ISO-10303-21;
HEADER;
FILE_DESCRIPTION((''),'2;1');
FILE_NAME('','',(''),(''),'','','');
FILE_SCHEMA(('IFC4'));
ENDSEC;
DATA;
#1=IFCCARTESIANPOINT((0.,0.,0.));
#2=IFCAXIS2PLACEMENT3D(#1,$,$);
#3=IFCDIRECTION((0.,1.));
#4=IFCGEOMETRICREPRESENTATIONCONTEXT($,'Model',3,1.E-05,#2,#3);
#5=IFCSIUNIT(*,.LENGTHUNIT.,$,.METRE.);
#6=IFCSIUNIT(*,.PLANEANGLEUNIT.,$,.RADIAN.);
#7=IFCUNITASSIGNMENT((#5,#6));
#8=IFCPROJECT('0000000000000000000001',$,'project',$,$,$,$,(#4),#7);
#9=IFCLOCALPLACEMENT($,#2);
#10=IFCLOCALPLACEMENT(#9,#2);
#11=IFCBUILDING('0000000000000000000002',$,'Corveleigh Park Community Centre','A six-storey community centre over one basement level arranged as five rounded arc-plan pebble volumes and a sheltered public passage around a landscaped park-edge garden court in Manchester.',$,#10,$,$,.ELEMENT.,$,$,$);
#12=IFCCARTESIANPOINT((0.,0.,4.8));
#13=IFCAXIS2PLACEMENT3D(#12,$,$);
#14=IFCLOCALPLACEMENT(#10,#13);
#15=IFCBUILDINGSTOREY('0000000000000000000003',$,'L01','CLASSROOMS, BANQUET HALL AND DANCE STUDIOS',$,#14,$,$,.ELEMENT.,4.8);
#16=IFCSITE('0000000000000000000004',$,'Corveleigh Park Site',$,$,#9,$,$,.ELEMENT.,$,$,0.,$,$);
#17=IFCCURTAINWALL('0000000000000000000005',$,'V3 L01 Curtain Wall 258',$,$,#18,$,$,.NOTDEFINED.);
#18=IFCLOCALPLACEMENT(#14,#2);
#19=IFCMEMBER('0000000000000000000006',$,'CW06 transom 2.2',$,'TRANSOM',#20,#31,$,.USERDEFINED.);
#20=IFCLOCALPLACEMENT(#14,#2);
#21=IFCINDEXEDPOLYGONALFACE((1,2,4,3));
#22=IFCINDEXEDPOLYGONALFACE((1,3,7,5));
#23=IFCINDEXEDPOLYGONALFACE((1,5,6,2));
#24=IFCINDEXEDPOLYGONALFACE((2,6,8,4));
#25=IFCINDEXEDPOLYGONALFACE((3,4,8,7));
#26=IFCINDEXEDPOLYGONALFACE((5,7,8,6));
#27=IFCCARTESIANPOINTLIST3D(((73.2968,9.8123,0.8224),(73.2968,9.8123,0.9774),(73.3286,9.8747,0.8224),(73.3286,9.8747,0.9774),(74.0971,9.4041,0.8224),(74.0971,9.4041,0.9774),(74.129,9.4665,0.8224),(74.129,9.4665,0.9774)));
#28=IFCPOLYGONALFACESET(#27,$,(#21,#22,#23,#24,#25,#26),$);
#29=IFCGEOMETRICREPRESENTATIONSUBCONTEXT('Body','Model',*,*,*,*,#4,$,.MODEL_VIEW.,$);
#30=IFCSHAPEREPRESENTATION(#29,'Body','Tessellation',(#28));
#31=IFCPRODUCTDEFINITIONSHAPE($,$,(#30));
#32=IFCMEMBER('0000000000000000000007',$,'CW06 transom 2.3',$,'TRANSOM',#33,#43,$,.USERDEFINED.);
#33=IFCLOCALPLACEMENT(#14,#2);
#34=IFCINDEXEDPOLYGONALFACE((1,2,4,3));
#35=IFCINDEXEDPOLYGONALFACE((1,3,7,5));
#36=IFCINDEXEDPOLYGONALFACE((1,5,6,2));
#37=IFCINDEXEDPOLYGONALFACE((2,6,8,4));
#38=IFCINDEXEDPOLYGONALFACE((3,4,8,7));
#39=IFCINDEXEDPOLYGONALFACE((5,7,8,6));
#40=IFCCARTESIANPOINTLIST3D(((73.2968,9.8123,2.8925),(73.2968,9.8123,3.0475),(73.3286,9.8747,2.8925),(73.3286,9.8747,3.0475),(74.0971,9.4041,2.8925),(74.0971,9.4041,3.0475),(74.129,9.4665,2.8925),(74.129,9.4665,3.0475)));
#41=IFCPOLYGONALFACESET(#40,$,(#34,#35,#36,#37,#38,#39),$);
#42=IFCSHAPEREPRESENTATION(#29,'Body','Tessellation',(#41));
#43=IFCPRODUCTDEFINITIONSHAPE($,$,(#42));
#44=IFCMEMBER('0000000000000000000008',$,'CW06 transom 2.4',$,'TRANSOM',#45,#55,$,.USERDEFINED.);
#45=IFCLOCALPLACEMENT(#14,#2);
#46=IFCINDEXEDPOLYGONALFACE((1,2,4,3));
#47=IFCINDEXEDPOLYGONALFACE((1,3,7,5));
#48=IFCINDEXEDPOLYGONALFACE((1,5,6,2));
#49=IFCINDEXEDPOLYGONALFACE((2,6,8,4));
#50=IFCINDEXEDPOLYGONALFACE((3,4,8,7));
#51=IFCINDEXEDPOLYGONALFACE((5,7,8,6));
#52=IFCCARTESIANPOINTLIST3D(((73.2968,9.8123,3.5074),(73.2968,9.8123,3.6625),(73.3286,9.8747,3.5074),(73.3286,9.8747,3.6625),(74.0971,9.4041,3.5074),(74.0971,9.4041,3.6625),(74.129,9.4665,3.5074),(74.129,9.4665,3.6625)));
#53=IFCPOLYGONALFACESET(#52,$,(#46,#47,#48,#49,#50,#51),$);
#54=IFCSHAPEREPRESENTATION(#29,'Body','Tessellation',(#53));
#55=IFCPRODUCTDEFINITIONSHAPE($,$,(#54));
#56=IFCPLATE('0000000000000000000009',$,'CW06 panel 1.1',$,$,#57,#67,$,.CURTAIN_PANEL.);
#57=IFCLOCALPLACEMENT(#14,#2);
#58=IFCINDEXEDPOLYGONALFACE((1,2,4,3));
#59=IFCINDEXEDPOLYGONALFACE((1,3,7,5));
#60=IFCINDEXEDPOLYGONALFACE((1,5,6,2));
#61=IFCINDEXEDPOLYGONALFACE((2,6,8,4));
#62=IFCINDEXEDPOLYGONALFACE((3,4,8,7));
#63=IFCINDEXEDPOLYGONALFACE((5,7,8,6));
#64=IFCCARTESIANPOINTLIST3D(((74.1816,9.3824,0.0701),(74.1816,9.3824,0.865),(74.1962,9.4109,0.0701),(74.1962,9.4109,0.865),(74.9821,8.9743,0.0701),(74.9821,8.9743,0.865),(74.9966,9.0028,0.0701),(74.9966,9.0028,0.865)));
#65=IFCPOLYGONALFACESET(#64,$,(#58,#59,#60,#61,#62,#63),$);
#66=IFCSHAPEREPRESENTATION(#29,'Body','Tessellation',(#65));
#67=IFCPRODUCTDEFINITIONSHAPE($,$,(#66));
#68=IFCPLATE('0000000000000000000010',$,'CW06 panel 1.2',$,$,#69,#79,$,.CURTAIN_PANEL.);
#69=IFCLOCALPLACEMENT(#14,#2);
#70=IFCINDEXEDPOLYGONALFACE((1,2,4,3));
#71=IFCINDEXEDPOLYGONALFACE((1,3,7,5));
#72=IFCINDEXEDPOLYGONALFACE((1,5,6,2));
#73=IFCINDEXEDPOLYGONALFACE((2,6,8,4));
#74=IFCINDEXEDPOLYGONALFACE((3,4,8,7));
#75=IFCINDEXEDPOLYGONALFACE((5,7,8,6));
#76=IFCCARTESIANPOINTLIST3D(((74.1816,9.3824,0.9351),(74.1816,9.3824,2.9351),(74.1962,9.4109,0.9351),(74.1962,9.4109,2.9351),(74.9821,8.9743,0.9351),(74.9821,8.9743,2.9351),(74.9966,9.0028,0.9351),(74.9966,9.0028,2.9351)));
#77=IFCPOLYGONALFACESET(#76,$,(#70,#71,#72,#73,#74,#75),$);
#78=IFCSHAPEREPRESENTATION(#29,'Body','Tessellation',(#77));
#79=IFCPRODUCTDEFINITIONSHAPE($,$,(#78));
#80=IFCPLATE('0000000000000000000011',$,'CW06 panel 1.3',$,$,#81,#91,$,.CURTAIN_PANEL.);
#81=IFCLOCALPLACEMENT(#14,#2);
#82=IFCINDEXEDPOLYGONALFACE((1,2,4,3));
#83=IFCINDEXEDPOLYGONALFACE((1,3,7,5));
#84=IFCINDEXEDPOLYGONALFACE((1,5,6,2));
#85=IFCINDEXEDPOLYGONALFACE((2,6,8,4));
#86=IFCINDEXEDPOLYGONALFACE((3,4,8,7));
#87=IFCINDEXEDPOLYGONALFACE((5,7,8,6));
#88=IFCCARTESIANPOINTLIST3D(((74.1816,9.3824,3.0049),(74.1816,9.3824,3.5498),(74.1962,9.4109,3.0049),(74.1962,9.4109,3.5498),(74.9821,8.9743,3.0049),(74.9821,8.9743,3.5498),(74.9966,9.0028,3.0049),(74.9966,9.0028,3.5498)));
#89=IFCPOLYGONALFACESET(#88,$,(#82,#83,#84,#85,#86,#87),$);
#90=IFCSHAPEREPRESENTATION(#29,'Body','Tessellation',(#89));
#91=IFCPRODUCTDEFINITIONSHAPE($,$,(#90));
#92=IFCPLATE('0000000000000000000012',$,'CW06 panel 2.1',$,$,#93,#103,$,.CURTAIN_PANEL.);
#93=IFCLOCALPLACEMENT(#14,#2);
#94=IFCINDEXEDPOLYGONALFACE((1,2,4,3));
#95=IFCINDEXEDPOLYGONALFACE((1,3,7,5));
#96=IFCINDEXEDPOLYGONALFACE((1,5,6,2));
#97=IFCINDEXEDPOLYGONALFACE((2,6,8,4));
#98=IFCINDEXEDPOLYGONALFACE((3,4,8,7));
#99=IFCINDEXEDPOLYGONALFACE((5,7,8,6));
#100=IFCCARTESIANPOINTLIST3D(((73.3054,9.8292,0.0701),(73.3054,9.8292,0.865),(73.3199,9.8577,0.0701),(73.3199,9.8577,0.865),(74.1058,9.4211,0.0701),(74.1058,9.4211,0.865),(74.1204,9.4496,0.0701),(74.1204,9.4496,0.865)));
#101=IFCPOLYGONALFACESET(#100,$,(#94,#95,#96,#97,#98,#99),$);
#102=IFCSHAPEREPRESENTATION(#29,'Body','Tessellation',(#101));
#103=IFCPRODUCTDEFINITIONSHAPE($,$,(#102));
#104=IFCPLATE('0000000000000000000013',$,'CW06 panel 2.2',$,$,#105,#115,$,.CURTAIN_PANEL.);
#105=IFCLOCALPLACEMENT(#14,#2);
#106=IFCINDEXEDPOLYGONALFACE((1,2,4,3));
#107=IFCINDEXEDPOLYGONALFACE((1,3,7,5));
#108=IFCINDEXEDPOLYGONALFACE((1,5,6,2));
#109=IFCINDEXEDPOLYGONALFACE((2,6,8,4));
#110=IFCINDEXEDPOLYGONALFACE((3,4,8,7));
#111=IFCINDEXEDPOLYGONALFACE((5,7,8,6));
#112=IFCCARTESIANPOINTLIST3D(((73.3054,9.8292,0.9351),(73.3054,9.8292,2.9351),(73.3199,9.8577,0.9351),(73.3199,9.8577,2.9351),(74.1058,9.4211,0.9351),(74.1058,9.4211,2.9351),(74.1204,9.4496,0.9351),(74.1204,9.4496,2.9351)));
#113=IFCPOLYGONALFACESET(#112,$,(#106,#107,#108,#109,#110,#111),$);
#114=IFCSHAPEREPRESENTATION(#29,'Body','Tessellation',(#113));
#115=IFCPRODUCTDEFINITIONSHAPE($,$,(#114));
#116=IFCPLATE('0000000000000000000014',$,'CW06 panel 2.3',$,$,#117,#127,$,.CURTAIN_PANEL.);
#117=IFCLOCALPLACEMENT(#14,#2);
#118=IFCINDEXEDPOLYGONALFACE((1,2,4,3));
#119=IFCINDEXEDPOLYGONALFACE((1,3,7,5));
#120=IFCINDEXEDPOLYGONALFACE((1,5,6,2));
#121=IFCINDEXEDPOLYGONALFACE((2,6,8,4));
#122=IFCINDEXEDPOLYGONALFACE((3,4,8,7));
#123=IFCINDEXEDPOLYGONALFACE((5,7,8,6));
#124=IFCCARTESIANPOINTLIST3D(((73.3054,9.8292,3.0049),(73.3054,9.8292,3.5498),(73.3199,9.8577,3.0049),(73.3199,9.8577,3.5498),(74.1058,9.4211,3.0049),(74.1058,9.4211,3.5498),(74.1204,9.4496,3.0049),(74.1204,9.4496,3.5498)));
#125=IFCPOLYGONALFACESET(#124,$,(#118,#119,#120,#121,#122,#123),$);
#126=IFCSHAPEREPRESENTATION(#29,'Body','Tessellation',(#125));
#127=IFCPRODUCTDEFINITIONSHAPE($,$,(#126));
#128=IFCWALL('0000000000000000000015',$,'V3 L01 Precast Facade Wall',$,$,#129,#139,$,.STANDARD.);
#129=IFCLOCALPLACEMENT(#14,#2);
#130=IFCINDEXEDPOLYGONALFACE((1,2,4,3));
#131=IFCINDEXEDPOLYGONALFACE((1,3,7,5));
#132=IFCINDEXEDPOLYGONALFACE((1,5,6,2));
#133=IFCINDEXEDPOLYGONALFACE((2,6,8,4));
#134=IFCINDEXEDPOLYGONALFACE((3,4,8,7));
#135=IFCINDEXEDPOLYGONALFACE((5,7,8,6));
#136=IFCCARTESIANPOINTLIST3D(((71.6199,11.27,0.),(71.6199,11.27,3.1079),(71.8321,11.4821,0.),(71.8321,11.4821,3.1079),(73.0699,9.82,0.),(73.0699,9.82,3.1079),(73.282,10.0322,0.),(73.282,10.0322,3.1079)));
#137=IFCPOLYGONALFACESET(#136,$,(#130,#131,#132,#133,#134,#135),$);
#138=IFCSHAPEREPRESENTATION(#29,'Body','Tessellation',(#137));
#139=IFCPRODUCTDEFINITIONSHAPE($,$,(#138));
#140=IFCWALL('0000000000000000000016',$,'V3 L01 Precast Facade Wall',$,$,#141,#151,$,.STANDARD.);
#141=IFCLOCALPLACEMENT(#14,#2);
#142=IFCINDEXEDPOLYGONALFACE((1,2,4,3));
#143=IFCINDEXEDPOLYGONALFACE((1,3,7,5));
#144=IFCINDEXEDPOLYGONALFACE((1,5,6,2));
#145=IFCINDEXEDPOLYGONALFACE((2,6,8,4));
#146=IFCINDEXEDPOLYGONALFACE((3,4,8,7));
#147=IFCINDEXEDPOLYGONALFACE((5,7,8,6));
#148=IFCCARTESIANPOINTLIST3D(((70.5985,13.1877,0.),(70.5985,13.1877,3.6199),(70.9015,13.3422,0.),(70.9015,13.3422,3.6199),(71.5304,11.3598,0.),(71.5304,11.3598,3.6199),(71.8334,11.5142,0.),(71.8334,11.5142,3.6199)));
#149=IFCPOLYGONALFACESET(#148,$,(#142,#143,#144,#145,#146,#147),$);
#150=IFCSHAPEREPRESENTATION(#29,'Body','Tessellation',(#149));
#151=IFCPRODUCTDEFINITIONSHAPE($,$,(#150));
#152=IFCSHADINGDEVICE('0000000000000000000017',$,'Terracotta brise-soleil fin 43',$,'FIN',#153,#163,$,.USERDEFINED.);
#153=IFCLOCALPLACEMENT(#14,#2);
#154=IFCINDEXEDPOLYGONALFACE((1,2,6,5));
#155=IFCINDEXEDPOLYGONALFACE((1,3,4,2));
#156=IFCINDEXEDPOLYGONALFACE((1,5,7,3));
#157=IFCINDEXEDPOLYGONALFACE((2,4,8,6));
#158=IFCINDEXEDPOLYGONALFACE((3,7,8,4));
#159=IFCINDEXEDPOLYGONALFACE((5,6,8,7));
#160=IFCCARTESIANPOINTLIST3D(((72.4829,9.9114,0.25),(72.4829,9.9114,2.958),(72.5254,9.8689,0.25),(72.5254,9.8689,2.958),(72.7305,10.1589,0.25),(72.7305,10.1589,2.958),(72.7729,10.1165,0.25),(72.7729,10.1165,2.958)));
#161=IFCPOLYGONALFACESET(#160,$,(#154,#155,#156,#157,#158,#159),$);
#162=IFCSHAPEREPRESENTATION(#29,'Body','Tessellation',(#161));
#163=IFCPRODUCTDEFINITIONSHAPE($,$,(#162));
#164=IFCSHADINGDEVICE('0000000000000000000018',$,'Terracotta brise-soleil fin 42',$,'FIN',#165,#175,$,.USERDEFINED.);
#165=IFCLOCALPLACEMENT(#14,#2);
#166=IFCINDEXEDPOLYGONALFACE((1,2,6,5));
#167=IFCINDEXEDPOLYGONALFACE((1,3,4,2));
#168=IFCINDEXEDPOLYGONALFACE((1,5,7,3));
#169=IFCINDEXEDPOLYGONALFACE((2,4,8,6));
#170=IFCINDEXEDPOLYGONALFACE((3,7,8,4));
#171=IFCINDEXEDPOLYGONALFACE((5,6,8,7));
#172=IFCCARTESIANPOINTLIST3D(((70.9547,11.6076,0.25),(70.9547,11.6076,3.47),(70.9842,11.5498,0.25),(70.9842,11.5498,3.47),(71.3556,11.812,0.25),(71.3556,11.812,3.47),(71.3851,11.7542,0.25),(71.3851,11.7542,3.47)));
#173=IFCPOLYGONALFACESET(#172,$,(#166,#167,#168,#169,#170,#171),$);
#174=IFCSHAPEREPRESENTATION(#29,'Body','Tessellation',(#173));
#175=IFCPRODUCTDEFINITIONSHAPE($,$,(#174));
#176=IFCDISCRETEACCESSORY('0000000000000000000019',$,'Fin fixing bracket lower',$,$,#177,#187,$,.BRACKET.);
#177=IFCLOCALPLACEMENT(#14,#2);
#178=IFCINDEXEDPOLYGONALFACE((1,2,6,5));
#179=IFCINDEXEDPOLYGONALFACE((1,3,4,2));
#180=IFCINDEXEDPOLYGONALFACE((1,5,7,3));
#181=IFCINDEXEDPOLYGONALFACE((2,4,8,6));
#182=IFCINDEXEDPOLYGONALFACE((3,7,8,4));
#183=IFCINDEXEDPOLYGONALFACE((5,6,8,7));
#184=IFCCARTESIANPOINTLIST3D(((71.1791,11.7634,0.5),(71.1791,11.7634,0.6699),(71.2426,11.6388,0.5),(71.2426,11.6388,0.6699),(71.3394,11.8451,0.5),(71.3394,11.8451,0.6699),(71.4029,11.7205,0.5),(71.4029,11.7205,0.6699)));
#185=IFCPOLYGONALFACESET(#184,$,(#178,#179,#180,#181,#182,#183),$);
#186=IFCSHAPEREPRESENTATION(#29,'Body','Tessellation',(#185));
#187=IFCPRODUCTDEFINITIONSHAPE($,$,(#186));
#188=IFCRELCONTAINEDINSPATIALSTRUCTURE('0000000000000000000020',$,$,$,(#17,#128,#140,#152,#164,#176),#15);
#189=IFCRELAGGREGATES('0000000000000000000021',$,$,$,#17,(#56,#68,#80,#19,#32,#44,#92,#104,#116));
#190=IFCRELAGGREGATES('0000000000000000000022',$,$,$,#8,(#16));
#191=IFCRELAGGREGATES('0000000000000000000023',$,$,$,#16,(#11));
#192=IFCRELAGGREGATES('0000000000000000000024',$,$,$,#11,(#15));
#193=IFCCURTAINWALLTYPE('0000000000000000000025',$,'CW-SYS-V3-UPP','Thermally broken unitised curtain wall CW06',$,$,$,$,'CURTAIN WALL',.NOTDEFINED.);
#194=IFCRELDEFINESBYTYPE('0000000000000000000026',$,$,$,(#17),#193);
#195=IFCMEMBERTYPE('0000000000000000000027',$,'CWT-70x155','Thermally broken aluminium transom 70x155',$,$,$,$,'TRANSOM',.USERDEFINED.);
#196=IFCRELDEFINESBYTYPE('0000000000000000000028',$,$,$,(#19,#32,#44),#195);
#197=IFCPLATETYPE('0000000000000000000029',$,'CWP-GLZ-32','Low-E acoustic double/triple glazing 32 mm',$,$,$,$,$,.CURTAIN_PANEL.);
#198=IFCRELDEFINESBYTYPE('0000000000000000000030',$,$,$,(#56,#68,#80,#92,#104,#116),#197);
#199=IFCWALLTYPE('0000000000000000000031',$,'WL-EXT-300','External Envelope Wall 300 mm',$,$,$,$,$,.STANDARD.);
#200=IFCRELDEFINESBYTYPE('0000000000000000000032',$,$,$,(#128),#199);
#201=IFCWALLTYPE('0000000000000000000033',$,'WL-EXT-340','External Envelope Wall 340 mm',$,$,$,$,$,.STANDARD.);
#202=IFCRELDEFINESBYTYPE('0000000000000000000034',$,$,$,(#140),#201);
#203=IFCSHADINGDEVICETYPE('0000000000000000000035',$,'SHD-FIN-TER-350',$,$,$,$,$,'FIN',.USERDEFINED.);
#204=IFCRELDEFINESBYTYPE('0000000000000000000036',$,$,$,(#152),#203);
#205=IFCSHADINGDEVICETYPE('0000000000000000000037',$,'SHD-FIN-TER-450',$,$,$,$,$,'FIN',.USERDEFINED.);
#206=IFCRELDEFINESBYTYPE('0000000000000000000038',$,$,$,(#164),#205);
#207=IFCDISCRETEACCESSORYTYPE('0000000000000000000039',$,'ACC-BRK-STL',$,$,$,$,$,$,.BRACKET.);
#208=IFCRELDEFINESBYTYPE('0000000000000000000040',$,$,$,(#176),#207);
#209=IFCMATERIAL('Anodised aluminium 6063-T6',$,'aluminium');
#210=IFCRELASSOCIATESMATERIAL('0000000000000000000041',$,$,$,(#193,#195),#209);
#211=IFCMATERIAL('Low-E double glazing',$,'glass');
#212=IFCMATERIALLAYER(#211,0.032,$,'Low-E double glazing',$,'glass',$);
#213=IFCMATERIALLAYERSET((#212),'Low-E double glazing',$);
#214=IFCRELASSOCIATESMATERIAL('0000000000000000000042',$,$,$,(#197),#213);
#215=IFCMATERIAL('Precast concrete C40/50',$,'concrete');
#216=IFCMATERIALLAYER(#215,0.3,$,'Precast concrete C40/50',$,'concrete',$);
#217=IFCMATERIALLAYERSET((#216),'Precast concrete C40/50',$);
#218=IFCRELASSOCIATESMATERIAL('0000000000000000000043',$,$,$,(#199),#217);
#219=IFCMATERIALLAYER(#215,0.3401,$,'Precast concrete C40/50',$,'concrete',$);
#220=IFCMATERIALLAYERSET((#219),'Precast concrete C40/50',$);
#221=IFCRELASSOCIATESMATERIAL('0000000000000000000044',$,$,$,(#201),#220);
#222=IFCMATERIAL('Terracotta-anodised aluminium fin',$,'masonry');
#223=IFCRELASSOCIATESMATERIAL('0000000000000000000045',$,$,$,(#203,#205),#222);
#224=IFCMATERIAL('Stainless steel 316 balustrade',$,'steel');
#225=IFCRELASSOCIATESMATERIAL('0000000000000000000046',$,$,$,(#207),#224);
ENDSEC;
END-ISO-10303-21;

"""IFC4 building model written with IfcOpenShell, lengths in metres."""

from ifc_helpers import new_model, si_unit, direction, frame, frame_2d, origin, origin_2d, place, context, subcontext, project, spatial, rectangle, extrude, material, layer, layer_set, material_profile, profile_set, type_object, element, aggregate, save


model = new_model("IFC4")

# Units and contexts
model_context = context("Model", 3, precision=1e-05, world=origin(), true_north=direction((0.0, 1.0)))
body_context = subcontext(model_context, "Body", "Model", "MODEL_VIEW")
ifc_project = project(units=[si_unit("LENGTHUNIT", "METRE"), si_unit("PLANEANGLEUNIT", "RADIAN")], contexts=[model_context])

# Site, building, storey
site_placement = place(None, origin())
site = spatial("IfcSite", under=ifc_project, at=site_placement, Name="Corveleigh Park Site", CompositionType="ELEMENT", RefElevation=0.0)
building_placement = place(site_placement, origin())
building = spatial("IfcBuilding", under=site, at=building_placement, Name="Corveleigh Park Community Centre", Description="A six-storey community centre over one basement level arranged as five rounded arc-plan pebble volumes and a sheltered public passage around a landscaped park-edge garden court in Manchester.", CompositionType="ELEMENT")
storey_placement = place(building_placement, frame((0.0, 0.0, 4.8)))
storey = spatial("IfcBuildingStorey", under=building, at=storey_placement, Name="L01", Description="CLASSROOMS, BANQUET HALL AND DANCE STUDIOS", CompositionType="ELEMENT", Elevation=4.8)

# Shared definitions
ifc_material_1 = material(Name="Anodised aluminium 6063-T6", Category="aluminium")
curtain_wall_type = type_object("IfcCurtainWallType", Name="CW-SYS-V3-UPP", Description="Thermally broken unitised curtain wall CW06", ElementType="CURTAIN WALL", PredefinedType="NOTDEFINED", material=ifc_material_1)

# Curtain wall
curtain_wall_1_placement = place(storey_placement, origin())
curtain_wall_1 = element("IfcCurtainWall", 1, at=curtain_wall_1_placement, inside=storey, type_object=curtain_wall_type, Name="V3 L01 Curtain Wall 258", PredefinedType="NOTDEFINED")

# Members
ifc_material_profile_1 = material_profile(ifc_material_1, rectangle(XDim=0.0701, YDim=0.155, at=origin_2d()), Name="ALU-T70x155", Category="aluminium")
ifc_profile_set_1 = profile_set([ifc_material_profile_1], Name="Anodised aluminium 6063-T6")
member_type_1 = type_object("IfcMemberType", Name="CWT-70x155", Description="Thermally broken aluminium transom 70x155", ElementType="TRANSOM", PredefinedType="USERDEFINED", material=ifc_profile_set_1)
member_1_placement = place(storey_placement, frame((74.113, 9.4353, 0.8999), z_axis=(-0.890811, 0.454374, 0.0), x_axis=(-0.454374, -0.890811, 0.0)))
member_1 = element("IfcMember", 2, at=member_1_placement, type_object=member_type_1, Name="CW06 transom 2.2", ObjectType="TRANSOM", PredefinedType="USERDEFINED", context=body_context, shape_type="SweptSolid", body=[
    extrude(rectangle(XDim=0.0701, YDim=0.155, at=origin_2d()), origin(), (0.0, 0.0, 1.0), 0.8984),
])
member_2_placement = place(storey_placement, frame((74.113, 9.4353, 2.97), z_axis=(-0.890811, 0.454374, 0.0), x_axis=(-0.454374, -0.890811, 0.0)))
member_2 = element("IfcMember", 3, at=member_2_placement, type_object=member_type_1, Name="CW06 transom 2.3", ObjectType="TRANSOM", PredefinedType="USERDEFINED", context=body_context, shape_type="SweptSolid", body=[
    extrude(rectangle(XDim=0.0701, YDim=0.155, at=origin_2d()), origin(), (0.0, 0.0, 1.0), 0.8984),
])
member_3_placement = place(storey_placement, frame((74.113, 9.4353, 3.585), z_axis=(-0.890811, 0.454374, 0.0), x_axis=(-0.454374, -0.890811, 0.0)))
member_3 = element("IfcMember", 4, at=member_3_placement, type_object=member_type_1, Name="CW06 transom 2.4", ObjectType="TRANSOM", PredefinedType="USERDEFINED", context=body_context, shape_type="SweptSolid", body=[
    extrude(rectangle(XDim=0.0701, YDim=0.155, at=origin_2d()), origin(), (0.0, 0.0, 1.0), 0.8984),
])

# Plates
ifc_material_2 = material(Name="Low-E double glazing", Category="glass")
ifc_layer_1 = layer(ifc_material_2, 0.032, Name="Low-E double glazing", Category="glass")
ifc_layer_set_1 = layer_set([ifc_layer_1], Name="Low-E double glazing")
plate_type = type_object("IfcPlateType", Name="CWP-GLZ-32", Description="Low-E acoustic double/triple glazing 32 mm", PredefinedType="CURTAIN_PANEL", material=ifc_layer_set_1)
plate_1_placement = place(storey_placement, frame((74.5891, 9.1926, 0.0701), z_axis=(0.0, 0.0, 1.0), x_axis=(-0.890891, 0.454218, 0.0)))
plate_1 = element("IfcPlate", 5, at=plate_1_placement, type_object=plate_type, Name="CW06 panel 1.1", PredefinedType="CURTAIN_PANEL", context=body_context, shape_type="SweptSolid", body=[
    extrude(rectangle(XDim=0.8984, YDim=0.032, at=origin_2d()), origin(), (0.0, 0.0, 1.0), 0.7949),
])
plate_2_placement = place(storey_placement, frame((74.5891, 9.1926, 0.9351), z_axis=(0.0, 0.0, 1.0), x_axis=(-0.890891, 0.454218, 0.0)))
plate_2 = element("IfcPlate", 6, at=plate_2_placement, type_object=plate_type, Name="CW06 panel 1.2", PredefinedType="CURTAIN_PANEL", context=body_context, shape_type="SweptSolid", body=[
    extrude(rectangle(XDim=0.8984, YDim=0.032, at=origin_2d()), origin(), (0.0, 0.0, 1.0), 2.0),
])
plate_3_placement = place(storey_placement, frame((74.5891, 9.1926, 3.0049), z_axis=(0.0, 0.0, 1.0), x_axis=(-0.890891, 0.454218, 0.0)))
plate_3 = element("IfcPlate", 7, at=plate_3_placement, type_object=plate_type, Name="CW06 panel 1.3", PredefinedType="CURTAIN_PANEL", context=body_context, shape_type="SweptSolid", body=[
    extrude(rectangle(XDim=0.8984, YDim=0.032, at=origin_2d()), origin(), (0.0, 0.0, 1.0), 0.5449),
])
plate_4_placement = place(storey_placement, frame((73.7129, 9.6394, 0.0701), z_axis=(0.0, 0.0, 1.0), x_axis=(-0.890891, 0.454218, 0.0)))
plate_4 = element("IfcPlate", 8, at=plate_4_placement, type_object=plate_type, Name="CW06 panel 2.1", PredefinedType="CURTAIN_PANEL", context=body_context, shape_type="SweptSolid", body=[
    extrude(rectangle(XDim=0.8984, YDim=0.032, at=origin_2d()), origin(), (0.0, 0.0, 1.0), 0.7949),
])
plate_5_placement = place(storey_placement, frame((73.7129, 9.6394, 0.9351), z_axis=(0.0, 0.0, 1.0), x_axis=(-0.890891, 0.454218, 0.0)))
plate_5 = element("IfcPlate", 9, at=plate_5_placement, type_object=plate_type, Name="CW06 panel 2.2", PredefinedType="CURTAIN_PANEL", context=body_context, shape_type="SweptSolid", body=[
    extrude(rectangle(XDim=0.8984, YDim=0.032, at=origin_2d()), origin(), (0.0, 0.0, 1.0), 2.0),
])
plate_6_placement = place(storey_placement, frame((73.7129, 9.6394, 3.0049), z_axis=(0.0, 0.0, 1.0), x_axis=(-0.890891, 0.454218, 0.0)))
plate_6 = element("IfcPlate", 10, at=plate_6_placement, type_object=plate_type, Name="CW06 panel 2.3", PredefinedType="CURTAIN_PANEL", context=body_context, shape_type="SweptSolid", body=[
    extrude(rectangle(XDim=0.8984, YDim=0.032, at=origin_2d()), origin(), (0.0, 0.0, 1.0), 0.5449),
])
aggregate(curtain_wall_1, [plate_1, plate_2, plate_3, member_1, member_2, member_3, plate_4, plate_5, plate_6])

# Walls
ifc_material_3 = material(Name="Precast concrete C40/50", Category="concrete")
ifc_layer_2 = layer(ifc_material_3, 0.3, Name="Precast concrete C40/50", Category="concrete")
ifc_layer_set_2 = layer_set([ifc_layer_2], Name="Precast concrete C40/50")
wall_type_1 = type_object("IfcWallType", Name="WL-EXT-300", Description="External Envelope Wall 300 mm", PredefinedType="STANDARD", material=ifc_layer_set_2)
wall_1_placement = place(storey_placement, frame((73.176, 9.926, 0.0), z_axis=(0.0, 0.0, 1.0), x_axis=(-0.707107, 0.707107, 0.0)))
element("IfcWall", 11, at=wall_1_placement, inside=storey, type_object=wall_type_1, Name="V3 L01 Precast Facade Wall", PredefinedType="STANDARD", context=body_context, shape_type="SweptSolid", body=[
    extrude(rectangle(XDim=2.0505, YDim=0.3, at=frame_2d((1.0254, 0.0))), origin(), (0.0, 0.0, 1.0), 3.1079),
])
ifc_layer_3 = layer(ifc_material_3, 0.3401, Name="Precast concrete C40/50", Category="concrete")
ifc_layer_set_3 = layer_set([ifc_layer_3], Name="Precast concrete C40/50")
wall_type_2 = type_object("IfcWallType", Name="WL-EXT-340", Description="External Envelope Wall 340 mm", PredefinedType="STANDARD", material=ifc_layer_set_3)
wall_2_placement = place(storey_placement, frame((71.6819, 11.437, 0.0), z_axis=(0.0, 0.0, 1.0), x_axis=(-0.454197, 0.890901, 0.0)))
element("IfcWall", 12, at=wall_2_placement, inside=storey, type_object=wall_type_2, Name="V3 L01 Precast Facade Wall", PredefinedType="STANDARD", context=body_context, shape_type="SweptSolid", body=[
    extrude(rectangle(XDim=2.0518, YDim=0.3401, at=frame_2d((1.0259, 0.0))), origin(), (0.0, 0.0, 1.0), 3.6199),
])

# Shading devices
ifc_material_4 = material(Name="Terracotta-anodised aluminium fin", Category="masonry")
shading_device_type_1 = type_object("IfcShadingDeviceType", Name="SHD-FIN-TER-350", ElementType="FIN", PredefinedType="USERDEFINED", material=ifc_material_4)
shading_device_1_placement = place(storey_placement, frame((72.6279, 10.0139, 0.25), z_axis=(0.0, 0.0, 1.0), x_axis=(-0.707107, -0.707107, 0.0)))
element("IfcShadingDevice", 13, at=shading_device_1_placement, inside=storey, type_object=shading_device_type_1, Name="Terracotta brise-soleil fin 43", ObjectType="FIN", PredefinedType="USERDEFINED", context=body_context, shape_type="SweptSolid", body=[
    extrude(rectangle(XDim=0.3501, YDim=0.0601, at=origin_2d()), origin(), (0.0, 0.0, 1.0), 2.708),
])
shading_device_type_2 = type_object("IfcShadingDeviceType", Name="SHD-FIN-TER-450", ElementType="FIN", PredefinedType="USERDEFINED", material=ifc_material_4)
shading_device_2_placement = place(storey_placement, frame((71.1699, 11.6809, 0.25), z_axis=(0.0, 0.0, 1.0), x_axis=(-0.890891, -0.454218, 0.0)))
element("IfcShadingDevice", 14, at=shading_device_2_placement, inside=storey, type_object=shading_device_type_2, Name="Terracotta brise-soleil fin 42", ObjectType="FIN", PredefinedType="USERDEFINED", context=body_context, shape_type="SweptSolid", body=[
    extrude(rectangle(XDim=0.45, YDim=0.0649, at=origin_2d()), origin(), (0.0, 0.0, 1.0), 3.22),
])

# Discrete accessory
ifc_material_5 = material(Name="Stainless steel 316 balustrade", Category="steel")
discrete_accessory_type = type_object("IfcDiscreteAccessoryType", Name="ACC-BRK-STL", PredefinedType="BRACKET", material=ifc_material_5)
for number, where, z_axis, x_axis, name in (
    (15, (71.291, 11.7419, 0.5), (0.0, 0.0, 1.0), (-0.890891, -0.454218, 0.0), "Fin fixing bracket lower"),
):
    element("IfcDiscreteAccessory", number, at=place(storey_placement, frame(where, z_axis=z_axis, x_axis=x_axis)), inside=storey, type_object=discrete_accessory_type, Name=name, PredefinedType="BRACKET", context=body_context, shape_type="SweptSolid", body=[
        extrude(rectangle(XDim=0.1799, YDim=0.1399, at=origin_2d()), origin(), (0.0, 0.0, 1.0), 0.1699),
    ])

save(model, "model.ifc")
